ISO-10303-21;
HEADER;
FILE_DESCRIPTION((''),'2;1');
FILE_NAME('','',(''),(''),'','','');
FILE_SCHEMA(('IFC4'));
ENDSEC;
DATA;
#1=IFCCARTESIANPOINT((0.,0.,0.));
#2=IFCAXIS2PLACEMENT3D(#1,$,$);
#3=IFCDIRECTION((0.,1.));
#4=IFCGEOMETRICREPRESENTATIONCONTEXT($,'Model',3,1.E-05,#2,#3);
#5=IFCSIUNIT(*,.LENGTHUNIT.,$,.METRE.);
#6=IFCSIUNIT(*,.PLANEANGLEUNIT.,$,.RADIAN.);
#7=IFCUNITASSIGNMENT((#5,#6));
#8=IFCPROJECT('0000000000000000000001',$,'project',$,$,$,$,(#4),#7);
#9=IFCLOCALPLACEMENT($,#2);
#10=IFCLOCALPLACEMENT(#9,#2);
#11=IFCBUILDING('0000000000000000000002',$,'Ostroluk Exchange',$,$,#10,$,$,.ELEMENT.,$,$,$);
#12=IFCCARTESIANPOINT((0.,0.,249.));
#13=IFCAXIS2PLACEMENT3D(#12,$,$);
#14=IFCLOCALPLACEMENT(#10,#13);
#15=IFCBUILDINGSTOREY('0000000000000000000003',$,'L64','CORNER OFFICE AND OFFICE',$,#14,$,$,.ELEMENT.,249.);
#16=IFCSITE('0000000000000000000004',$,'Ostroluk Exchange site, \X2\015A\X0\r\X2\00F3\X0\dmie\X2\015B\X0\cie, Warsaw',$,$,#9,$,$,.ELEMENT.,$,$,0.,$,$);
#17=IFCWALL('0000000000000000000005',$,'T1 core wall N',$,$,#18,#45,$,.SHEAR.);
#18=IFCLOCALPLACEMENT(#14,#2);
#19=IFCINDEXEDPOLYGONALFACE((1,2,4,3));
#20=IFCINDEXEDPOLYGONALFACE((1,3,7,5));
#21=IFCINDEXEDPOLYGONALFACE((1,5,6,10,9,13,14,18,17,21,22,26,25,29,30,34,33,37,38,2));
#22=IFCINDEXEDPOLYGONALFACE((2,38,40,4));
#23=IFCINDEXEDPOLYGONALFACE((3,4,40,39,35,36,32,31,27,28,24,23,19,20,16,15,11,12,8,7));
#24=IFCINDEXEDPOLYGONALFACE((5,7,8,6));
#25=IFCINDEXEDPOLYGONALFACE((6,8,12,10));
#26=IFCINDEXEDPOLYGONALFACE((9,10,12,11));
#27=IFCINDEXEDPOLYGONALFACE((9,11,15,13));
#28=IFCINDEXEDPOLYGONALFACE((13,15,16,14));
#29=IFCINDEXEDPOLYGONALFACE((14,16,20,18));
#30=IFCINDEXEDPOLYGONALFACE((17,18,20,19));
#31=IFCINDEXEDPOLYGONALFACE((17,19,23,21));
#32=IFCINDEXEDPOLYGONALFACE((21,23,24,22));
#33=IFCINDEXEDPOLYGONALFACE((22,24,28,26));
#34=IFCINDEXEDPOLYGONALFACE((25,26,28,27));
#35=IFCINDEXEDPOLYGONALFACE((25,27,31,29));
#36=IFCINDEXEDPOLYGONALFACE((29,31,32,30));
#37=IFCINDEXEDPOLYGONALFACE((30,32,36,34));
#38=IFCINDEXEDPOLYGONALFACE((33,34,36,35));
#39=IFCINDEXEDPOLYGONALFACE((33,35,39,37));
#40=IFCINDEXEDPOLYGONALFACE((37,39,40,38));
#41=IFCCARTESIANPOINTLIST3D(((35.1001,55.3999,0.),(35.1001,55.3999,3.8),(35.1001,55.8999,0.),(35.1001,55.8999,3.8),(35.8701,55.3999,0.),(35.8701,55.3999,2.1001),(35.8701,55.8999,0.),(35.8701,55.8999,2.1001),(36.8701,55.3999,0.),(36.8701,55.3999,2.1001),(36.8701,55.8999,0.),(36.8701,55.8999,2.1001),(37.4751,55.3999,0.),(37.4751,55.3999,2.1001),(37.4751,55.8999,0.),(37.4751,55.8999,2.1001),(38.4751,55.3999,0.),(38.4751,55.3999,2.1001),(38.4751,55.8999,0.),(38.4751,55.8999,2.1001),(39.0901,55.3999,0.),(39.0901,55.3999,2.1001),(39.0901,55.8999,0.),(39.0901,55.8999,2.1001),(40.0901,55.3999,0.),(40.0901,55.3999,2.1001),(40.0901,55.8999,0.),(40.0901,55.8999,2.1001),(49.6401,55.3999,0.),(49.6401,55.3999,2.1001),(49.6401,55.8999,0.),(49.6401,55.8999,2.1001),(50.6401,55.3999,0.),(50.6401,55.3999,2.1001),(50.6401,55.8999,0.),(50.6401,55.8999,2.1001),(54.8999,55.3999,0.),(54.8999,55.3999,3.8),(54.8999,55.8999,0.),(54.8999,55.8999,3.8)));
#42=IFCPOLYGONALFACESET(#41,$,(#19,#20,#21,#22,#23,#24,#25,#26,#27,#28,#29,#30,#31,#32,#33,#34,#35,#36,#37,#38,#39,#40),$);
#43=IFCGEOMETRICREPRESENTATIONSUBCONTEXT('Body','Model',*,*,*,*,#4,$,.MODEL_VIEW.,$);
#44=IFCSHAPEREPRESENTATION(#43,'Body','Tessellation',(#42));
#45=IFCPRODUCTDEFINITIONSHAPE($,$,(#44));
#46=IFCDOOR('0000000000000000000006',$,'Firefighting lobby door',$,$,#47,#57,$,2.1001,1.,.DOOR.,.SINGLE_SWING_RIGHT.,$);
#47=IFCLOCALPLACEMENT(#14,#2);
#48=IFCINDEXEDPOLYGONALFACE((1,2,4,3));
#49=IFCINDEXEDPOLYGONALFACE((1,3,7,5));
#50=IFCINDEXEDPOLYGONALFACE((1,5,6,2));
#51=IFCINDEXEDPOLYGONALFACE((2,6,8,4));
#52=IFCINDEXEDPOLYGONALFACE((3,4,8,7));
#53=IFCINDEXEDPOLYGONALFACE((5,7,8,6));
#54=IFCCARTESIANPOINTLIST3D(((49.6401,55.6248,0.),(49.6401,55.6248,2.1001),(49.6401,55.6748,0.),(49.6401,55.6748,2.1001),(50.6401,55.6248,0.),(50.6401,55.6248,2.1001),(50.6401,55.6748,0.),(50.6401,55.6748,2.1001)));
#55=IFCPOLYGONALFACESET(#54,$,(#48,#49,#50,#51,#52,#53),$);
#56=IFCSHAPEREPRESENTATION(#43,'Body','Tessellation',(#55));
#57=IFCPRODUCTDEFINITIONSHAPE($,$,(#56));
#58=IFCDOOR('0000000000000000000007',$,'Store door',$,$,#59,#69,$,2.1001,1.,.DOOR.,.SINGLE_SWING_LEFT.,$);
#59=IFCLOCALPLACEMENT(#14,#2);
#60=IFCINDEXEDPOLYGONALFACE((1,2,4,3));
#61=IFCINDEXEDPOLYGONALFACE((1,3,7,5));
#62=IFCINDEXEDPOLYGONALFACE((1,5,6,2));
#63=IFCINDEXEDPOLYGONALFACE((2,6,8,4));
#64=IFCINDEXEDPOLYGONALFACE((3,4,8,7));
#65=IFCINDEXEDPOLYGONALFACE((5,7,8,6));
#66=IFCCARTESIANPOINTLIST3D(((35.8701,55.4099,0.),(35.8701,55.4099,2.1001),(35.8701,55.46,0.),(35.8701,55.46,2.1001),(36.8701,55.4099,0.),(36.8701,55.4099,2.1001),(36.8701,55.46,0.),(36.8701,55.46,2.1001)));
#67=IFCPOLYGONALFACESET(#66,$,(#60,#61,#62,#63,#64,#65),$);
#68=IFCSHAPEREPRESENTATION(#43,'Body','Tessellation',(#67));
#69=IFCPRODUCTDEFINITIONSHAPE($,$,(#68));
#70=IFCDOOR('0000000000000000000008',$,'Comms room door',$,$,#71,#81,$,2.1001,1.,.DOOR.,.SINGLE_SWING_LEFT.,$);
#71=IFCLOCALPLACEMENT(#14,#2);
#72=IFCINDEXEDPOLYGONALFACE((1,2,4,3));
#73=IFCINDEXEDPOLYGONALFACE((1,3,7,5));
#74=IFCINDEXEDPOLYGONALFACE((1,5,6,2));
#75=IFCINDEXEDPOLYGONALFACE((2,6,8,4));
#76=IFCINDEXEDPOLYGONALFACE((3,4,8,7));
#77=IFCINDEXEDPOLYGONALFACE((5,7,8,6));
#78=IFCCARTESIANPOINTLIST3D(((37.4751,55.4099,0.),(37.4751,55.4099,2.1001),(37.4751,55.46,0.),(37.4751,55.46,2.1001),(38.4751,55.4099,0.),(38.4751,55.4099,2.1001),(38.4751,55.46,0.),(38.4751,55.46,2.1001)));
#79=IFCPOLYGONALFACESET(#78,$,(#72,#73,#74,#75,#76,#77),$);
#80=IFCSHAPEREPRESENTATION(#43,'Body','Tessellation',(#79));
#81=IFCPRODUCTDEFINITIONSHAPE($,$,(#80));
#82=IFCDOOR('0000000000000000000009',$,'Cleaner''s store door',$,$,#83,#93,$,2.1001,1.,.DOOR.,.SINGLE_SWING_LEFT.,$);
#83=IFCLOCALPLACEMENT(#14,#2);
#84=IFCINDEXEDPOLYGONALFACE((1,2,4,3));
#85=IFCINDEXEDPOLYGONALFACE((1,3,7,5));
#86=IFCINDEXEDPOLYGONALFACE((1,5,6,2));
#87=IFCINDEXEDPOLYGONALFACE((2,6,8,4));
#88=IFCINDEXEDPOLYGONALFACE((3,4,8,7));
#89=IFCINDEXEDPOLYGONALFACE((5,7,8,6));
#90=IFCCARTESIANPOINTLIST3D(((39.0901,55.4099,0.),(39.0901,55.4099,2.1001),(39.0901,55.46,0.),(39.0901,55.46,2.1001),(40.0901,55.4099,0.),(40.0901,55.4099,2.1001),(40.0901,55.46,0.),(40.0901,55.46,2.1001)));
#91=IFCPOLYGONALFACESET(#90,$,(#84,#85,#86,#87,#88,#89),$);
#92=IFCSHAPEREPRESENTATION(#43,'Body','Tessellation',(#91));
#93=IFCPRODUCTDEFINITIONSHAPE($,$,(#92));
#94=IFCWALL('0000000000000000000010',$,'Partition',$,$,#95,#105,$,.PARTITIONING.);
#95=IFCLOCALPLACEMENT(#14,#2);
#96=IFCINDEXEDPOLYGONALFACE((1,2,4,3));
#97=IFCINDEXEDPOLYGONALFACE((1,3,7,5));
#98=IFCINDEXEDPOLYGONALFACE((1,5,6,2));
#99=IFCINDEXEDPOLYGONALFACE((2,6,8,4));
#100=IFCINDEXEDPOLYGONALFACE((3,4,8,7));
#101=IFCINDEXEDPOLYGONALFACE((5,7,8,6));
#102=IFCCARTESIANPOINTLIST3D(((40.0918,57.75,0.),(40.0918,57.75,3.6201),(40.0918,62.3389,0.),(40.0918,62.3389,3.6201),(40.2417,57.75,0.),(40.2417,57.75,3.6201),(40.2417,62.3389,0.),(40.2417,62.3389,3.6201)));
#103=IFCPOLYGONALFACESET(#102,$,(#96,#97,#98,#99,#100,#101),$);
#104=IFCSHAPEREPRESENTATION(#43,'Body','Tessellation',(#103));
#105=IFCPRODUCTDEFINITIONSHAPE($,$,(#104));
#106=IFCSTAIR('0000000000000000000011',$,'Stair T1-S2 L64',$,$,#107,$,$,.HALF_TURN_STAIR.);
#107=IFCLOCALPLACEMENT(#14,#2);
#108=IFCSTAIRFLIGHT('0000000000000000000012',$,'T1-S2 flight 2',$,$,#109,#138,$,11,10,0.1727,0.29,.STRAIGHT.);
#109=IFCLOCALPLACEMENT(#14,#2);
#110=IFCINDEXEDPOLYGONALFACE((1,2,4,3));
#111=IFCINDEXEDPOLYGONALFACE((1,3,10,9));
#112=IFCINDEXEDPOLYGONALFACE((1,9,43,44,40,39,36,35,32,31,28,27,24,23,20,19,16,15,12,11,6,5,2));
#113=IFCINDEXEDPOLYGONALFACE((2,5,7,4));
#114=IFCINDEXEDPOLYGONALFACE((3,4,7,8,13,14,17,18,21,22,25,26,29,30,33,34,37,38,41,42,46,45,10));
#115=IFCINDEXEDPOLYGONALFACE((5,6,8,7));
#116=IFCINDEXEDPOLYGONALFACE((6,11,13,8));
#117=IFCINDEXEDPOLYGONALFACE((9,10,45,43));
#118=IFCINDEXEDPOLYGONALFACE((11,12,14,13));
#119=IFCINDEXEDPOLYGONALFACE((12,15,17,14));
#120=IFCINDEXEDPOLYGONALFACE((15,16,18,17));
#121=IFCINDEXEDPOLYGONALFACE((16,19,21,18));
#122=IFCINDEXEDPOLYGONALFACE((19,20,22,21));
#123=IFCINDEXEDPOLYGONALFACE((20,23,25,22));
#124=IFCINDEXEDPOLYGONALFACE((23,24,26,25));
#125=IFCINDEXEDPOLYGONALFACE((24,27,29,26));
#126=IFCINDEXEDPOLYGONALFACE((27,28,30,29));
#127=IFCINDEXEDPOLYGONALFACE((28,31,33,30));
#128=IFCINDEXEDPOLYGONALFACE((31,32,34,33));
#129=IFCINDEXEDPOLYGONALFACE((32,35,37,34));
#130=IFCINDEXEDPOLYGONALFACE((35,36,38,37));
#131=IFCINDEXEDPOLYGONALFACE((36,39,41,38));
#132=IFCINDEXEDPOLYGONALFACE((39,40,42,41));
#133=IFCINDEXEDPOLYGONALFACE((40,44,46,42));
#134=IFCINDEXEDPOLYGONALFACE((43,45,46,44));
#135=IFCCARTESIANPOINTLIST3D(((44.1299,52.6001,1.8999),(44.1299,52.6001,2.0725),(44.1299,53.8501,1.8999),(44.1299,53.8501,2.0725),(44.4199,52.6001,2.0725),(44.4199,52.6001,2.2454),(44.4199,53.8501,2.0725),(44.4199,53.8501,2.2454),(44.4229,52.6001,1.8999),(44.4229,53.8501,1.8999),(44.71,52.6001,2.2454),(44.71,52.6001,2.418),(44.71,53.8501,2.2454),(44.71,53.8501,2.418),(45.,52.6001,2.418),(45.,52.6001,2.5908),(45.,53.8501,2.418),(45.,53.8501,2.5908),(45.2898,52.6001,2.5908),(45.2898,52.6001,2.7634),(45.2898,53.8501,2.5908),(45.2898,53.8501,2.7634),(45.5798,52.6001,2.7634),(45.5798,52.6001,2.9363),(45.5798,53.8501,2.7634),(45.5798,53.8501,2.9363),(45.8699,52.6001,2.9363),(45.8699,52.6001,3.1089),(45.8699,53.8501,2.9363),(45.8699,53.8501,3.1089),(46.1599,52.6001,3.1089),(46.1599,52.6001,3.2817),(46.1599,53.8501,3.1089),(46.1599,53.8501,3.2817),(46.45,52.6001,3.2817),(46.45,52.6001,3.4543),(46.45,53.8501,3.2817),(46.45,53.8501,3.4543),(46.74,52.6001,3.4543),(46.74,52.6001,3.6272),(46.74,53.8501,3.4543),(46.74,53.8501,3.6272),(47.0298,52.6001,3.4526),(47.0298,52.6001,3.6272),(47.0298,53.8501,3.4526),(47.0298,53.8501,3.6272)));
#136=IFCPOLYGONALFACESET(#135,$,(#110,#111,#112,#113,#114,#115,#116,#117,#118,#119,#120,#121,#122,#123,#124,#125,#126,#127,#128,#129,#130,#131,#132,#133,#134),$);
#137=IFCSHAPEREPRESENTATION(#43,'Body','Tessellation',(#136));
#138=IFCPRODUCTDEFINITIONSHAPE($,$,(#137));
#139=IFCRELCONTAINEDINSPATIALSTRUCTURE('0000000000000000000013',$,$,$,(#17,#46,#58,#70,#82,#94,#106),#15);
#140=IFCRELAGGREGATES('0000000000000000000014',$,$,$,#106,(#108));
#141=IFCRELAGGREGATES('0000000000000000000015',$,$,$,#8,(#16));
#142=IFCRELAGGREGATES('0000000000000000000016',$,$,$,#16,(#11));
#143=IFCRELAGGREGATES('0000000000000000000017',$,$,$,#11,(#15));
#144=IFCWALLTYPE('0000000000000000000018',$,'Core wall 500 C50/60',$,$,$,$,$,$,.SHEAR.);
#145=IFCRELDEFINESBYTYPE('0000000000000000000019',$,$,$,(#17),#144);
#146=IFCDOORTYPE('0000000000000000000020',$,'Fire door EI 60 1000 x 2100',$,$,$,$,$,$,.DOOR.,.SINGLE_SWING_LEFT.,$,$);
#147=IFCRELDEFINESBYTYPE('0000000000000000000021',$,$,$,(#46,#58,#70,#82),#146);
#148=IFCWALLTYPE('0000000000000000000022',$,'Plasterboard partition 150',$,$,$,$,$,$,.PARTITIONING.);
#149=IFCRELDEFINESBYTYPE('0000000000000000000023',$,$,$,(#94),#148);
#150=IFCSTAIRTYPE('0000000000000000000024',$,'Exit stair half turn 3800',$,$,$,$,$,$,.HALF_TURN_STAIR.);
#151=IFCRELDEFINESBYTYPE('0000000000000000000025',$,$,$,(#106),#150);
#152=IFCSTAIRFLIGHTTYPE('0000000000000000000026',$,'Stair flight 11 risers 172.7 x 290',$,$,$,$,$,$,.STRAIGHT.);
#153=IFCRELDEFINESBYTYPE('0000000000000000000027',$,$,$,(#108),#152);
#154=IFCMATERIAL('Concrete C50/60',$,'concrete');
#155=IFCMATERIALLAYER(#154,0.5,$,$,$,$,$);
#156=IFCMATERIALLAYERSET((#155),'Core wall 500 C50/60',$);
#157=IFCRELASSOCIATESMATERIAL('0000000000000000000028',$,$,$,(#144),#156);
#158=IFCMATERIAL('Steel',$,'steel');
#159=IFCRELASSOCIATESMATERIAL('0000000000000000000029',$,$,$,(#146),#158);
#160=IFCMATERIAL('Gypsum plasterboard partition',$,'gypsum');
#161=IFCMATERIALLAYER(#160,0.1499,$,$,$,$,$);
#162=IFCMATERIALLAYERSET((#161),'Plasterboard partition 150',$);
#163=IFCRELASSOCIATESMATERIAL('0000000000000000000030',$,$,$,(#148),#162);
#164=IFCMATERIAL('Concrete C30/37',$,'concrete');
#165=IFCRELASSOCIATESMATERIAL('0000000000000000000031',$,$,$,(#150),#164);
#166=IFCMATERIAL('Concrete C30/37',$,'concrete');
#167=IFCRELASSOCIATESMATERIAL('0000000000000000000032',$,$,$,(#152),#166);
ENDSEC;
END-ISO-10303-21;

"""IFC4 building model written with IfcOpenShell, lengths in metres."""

from ifc_helpers import new_model, si_unit, direction, frame, frame_2d, origin, place, context, subcontext, project, spatial, polyline, rectangle, outline, extrude, material, layer, layer_set, type_object, element, fill, aggregate, save


model = new_model("IFC4")

# Units and contexts
model_context = context("Model", 3, precision=1e-05, world=origin(), true_north=direction((0.0, 1.0)))
body_context = subcontext(model_context, "Body", "Model", "MODEL_VIEW")
ifc_project = project(units=[si_unit("LENGTHUNIT", "METRE"), si_unit("PLANEANGLEUNIT", "RADIAN")], contexts=[model_context])

# Site, building, storey
site_placement = place(None, origin())
site = spatial("IfcSite", under=ifc_project, at=site_placement, Name="Ostroluk Exchange site, Śródmieście, Warsaw", CompositionType="ELEMENT", RefElevation=0.0)
building_placement = place(site_placement, origin())
building = spatial("IfcBuilding", under=site, at=building_placement, Name="Ostroluk Exchange", CompositionType="ELEMENT")
storey_placement = place(building_placement, frame((0.0, 0.0, 249.0)))
storey = spatial("IfcBuildingStorey", under=building, at=storey_placement, Name="L64", Description="CORNER OFFICE AND OFFICE", CompositionType="ELEMENT", Elevation=249.0)

# Wall, openings, doors
ifc_material_1 = material(Name="Concrete C50/60", Category="concrete")
ifc_layer_1 = layer(ifc_material_1, 0.5)
ifc_layer_set_1 = layer_set([ifc_layer_1], Name="Core wall 500 C50/60")
wall_type_1 = type_object("IfcWallType", Name="Core wall 500 C50/60", PredefinedType="SHEAR", material=ifc_layer_set_1)
wall_1_placement = place(storey_placement, frame((35.1001, 55.6499, 0.0), z_axis=(0.0, 0.0, 1.0), x_axis=(1.0, 0.0, 0.0)))
wall_1 = element("IfcWall", 1, at=wall_1_placement, inside=storey, type_object=wall_type_1, Name="T1 core wall N", PredefinedType="SHEAR", context=body_context, shape_type="SweptSolid", body=[
    extrude(rectangle(XDim=19.7998, YDim=0.5, at=frame_2d((9.8999, 0.0))), origin(), (0.0, 0.0, 1.0), 3.8),
])
opening_1_placement = place(wall_1_placement, frame((14.54, 0.0, 0.0)))
opening_1 = element("IfcOpeningElement", 2, at=opening_1_placement, cuts=wall_1, PredefinedType="OPENING", context=body_context, shape_type="SweptSolid", body=[
    extrude(rectangle(XDim=1.0, YDim=2.1001, at=frame_2d((0.5, 1.05))), frame((0.0, 0.26, 0.0), z_axis=(0.0, -1.0, 0.0), x_axis=(1.0, 0.0, 0.0)), (0.0, 0.0, 1.0), 0.52),
])
opening_2_placement = place(wall_1_placement, frame((0.77, 0.0, 0.0)))
opening_2 = element("IfcOpeningElement", 3, at=opening_2_placement, cuts=wall_1, PredefinedType="OPENING", context=body_context, shape_type="SweptSolid", body=[
    extrude(rectangle(XDim=1.0, YDim=2.1001, at=frame_2d((0.5, 1.05))), frame((0.0, 0.26, 0.0), z_axis=(0.0, -1.0, 0.0), x_axis=(1.0, 0.0, 0.0)), (0.0, 0.0, 1.0), 0.52),
])
opening_3_placement = place(wall_1_placement, frame((2.375, 0.0, 0.0)))
opening_3 = element("IfcOpeningElement", 4, at=opening_3_placement, cuts=wall_1, PredefinedType="OPENING", context=body_context, shape_type="SweptSolid", body=[
    extrude(rectangle(XDim=1.0, YDim=2.1001, at=frame_2d((0.5, 1.05))), frame((0.0, 0.26, 0.0), z_axis=(0.0, -1.0, 0.0), x_axis=(1.0, 0.0, 0.0)), (0.0, 0.0, 1.0), 0.52),
])
opening_4_placement = place(wall_1_placement, frame((3.99, 0.0, 0.0)))
opening_4 = element("IfcOpeningElement", 5, at=opening_4_placement, cuts=wall_1, PredefinedType="OPENING", context=body_context, shape_type="SweptSolid", body=[
    extrude(rectangle(XDim=1.0, YDim=2.1001, at=frame_2d((0.5, 1.05))), frame((0.0, 0.26, 0.0), z_axis=(0.0, -1.0, 0.0), x_axis=(1.0, 0.0, 0.0)), (0.0, 0.0, 1.0), 0.52),
])
ifc_material_2 = material(Name="Steel", Category="steel")
door_type = type_object("IfcDoorType", Name="Fire door EI 60 1000 x 2100", OperationType="SINGLE_SWING_LEFT", PredefinedType="DOOR", material=ifc_material_2)
door_1_placement = place(opening_1_placement, origin())
door_1 = element("IfcDoor", 6, at=door_1_placement, inside=storey, type_object=door_type, Name="Firefighting lobby door", OperationType="SINGLE_SWING_RIGHT", OverallHeight=2.1001, OverallWidth=1.0, PredefinedType="DOOR", context=body_context, shape_type="SweptSolid", body=[
    extrude(rectangle(XDim=1.0, YDim=2.1001, at=frame_2d((0.5, 1.05))), frame((0.0, 0.0249, 0.0), z_axis=(0.0, -1.0, 0.0), x_axis=(1.0, 0.0, 0.0)), (0.0, 0.0, 1.0), 0.05),
])
fill(opening_1, door_1)
door_2_placement = place(opening_2_placement, origin())
door_2 = element("IfcDoor", 7, at=door_2_placement, inside=storey, type_object=door_type, Name="Store door", OperationType="SINGLE_SWING_LEFT", OverallHeight=2.1001, OverallWidth=1.0, PredefinedType="DOOR", context=body_context, shape_type="SweptSolid", body=[
    extrude(rectangle(XDim=1.0, YDim=2.1001, at=frame_2d((0.5, 1.05))), frame((0.0, -0.1899, 0.0), z_axis=(0.0, -1.0, 0.0), x_axis=(1.0, 0.0, 0.0)), (0.0, 0.0, 1.0), 0.05),
])
fill(opening_2, door_2)
door_3_placement = place(opening_3_placement, origin())
door_3 = element("IfcDoor", 8, at=door_3_placement, inside=storey, type_object=door_type, Name="Comms room door", OperationType="SINGLE_SWING_LEFT", OverallHeight=2.1001, OverallWidth=1.0, PredefinedType="DOOR", context=body_context, shape_type="SweptSolid", body=[
    extrude(rectangle(XDim=1.0, YDim=2.1001, at=frame_2d((0.5, 1.05))), frame((0.0, -0.1899, 0.0), z_axis=(0.0, -1.0, 0.0), x_axis=(1.0, 0.0, 0.0)), (0.0, 0.0, 1.0), 0.05),
])
fill(opening_3, door_3)
door_4_placement = place(opening_4_placement, origin())
door_4 = element("IfcDoor", 9, at=door_4_placement, inside=storey, type_object=door_type, Name="Cleaner's store door", OperationType="SINGLE_SWING_LEFT", OverallHeight=2.1001, OverallWidth=1.0, PredefinedType="DOOR", context=body_context, shape_type="SweptSolid", body=[
    extrude(rectangle(XDim=1.0, YDim=2.1001, at=frame_2d((0.5, 1.05))), frame((0.0, -0.1899, 0.0), z_axis=(0.0, -1.0, 0.0), x_axis=(1.0, 0.0, 0.0)), (0.0, 0.0, 1.0), 0.05),
])
fill(opening_4, door_4)

# Wall
ifc_material_3 = material(Name="Gypsum plasterboard partition", Category="gypsum")
ifc_layer_2 = layer(ifc_material_3, 0.1499)
ifc_layer_set_2 = layer_set([ifc_layer_2], Name="Plasterboard partition 150")
wall_type_2 = type_object("IfcWallType", Name="Plasterboard partition 150", PredefinedType="PARTITIONING", material=ifc_layer_set_2)
wall_2_placement = place(storey_placement, frame((40.1667, 57.75, 0.0), z_axis=(0.0, 0.0, 1.0), x_axis=(0.0, 1.0, 0.0)))
element("IfcWall", 10, at=wall_2_placement, inside=storey, type_object=wall_type_2, Name="Partition", PredefinedType="PARTITIONING", context=body_context, shape_type="SweptSolid", body=[
    extrude(rectangle(XDim=4.5889, YDim=0.1499, at=frame_2d((2.2944, 0.0))), origin(), (0.0, 0.0, 1.0), 3.6201),
])

# Stair, stair flight
ifc_material_4 = material(Name="Concrete C30/37", Category="concrete")
stair_type = type_object("IfcStairType", Name="Exit stair half turn 3800", PredefinedType="HALF_TURN_STAIR", material=ifc_material_4)
stair_placement = place(storey_placement, origin())
stair = element("IfcStair", 11, at=stair_placement, inside=storey, type_object=stair_type, Name="Stair T1-S2 L64", PredefinedType="HALF_TURN_STAIR")
ifc_material_5 = material(Name="Concrete C30/37", Category="concrete")
stair_flight_type = type_object("IfcStairFlightType", Name="Stair flight 11 risers 172.7 x 290", PredefinedType="STRAIGHT", material=ifc_material_5)
stair_flight_placement = place(storey_placement, frame((44.1299, 53.2251, 1.8999), z_axis=(0.0, 0.0, 1.0), x_axis=(1.0, 0.0, 0.0)))
stair_flight = element("IfcStairFlight", 12, at=stair_flight_placement, type_object=stair_flight_type, Name="T1-S2 flight 2", NumberOfRisers=11, NumberOfTreads=10, PredefinedType="STRAIGHT", RiserHeight=0.1727, TreadLength=0.29, context=body_context, shape_type="SweptSolid", body=[
    extrude(outline(polyline([(0.0, 0.0), (0.0, 0.1726), (0.29, 0.1726), (0.29, 0.3455), (0.5801, 0.3455), (0.5801, 0.5181), (0.8701, 0.5181), (0.8701, 0.6909), (1.1599, 0.6909), (1.1599, 0.8635), (1.45, 0.8635), (1.45, 1.0364), (1.74, 1.0364), (1.74, 1.209), (2.03, 1.209), (2.03, 1.3818), (2.3201, 1.3818), (2.3201, 1.5544), (2.6101, 1.5544), (2.6101, 1.7273), (2.8999, 1.7273), (2.8999, 1.8999), (2.8999, 1.5527), (0.293, 0.0), (0.0, 0.0)])), frame((0.0, 0.625, 0.0), z_axis=(0.0, -1.0, 0.0), x_axis=(1.0, 0.0, 0.0)), (0.0, 0.0, 1.0), 1.25),
])
aggregate(stair, [stair_flight])

save(model, "model.ifc")
